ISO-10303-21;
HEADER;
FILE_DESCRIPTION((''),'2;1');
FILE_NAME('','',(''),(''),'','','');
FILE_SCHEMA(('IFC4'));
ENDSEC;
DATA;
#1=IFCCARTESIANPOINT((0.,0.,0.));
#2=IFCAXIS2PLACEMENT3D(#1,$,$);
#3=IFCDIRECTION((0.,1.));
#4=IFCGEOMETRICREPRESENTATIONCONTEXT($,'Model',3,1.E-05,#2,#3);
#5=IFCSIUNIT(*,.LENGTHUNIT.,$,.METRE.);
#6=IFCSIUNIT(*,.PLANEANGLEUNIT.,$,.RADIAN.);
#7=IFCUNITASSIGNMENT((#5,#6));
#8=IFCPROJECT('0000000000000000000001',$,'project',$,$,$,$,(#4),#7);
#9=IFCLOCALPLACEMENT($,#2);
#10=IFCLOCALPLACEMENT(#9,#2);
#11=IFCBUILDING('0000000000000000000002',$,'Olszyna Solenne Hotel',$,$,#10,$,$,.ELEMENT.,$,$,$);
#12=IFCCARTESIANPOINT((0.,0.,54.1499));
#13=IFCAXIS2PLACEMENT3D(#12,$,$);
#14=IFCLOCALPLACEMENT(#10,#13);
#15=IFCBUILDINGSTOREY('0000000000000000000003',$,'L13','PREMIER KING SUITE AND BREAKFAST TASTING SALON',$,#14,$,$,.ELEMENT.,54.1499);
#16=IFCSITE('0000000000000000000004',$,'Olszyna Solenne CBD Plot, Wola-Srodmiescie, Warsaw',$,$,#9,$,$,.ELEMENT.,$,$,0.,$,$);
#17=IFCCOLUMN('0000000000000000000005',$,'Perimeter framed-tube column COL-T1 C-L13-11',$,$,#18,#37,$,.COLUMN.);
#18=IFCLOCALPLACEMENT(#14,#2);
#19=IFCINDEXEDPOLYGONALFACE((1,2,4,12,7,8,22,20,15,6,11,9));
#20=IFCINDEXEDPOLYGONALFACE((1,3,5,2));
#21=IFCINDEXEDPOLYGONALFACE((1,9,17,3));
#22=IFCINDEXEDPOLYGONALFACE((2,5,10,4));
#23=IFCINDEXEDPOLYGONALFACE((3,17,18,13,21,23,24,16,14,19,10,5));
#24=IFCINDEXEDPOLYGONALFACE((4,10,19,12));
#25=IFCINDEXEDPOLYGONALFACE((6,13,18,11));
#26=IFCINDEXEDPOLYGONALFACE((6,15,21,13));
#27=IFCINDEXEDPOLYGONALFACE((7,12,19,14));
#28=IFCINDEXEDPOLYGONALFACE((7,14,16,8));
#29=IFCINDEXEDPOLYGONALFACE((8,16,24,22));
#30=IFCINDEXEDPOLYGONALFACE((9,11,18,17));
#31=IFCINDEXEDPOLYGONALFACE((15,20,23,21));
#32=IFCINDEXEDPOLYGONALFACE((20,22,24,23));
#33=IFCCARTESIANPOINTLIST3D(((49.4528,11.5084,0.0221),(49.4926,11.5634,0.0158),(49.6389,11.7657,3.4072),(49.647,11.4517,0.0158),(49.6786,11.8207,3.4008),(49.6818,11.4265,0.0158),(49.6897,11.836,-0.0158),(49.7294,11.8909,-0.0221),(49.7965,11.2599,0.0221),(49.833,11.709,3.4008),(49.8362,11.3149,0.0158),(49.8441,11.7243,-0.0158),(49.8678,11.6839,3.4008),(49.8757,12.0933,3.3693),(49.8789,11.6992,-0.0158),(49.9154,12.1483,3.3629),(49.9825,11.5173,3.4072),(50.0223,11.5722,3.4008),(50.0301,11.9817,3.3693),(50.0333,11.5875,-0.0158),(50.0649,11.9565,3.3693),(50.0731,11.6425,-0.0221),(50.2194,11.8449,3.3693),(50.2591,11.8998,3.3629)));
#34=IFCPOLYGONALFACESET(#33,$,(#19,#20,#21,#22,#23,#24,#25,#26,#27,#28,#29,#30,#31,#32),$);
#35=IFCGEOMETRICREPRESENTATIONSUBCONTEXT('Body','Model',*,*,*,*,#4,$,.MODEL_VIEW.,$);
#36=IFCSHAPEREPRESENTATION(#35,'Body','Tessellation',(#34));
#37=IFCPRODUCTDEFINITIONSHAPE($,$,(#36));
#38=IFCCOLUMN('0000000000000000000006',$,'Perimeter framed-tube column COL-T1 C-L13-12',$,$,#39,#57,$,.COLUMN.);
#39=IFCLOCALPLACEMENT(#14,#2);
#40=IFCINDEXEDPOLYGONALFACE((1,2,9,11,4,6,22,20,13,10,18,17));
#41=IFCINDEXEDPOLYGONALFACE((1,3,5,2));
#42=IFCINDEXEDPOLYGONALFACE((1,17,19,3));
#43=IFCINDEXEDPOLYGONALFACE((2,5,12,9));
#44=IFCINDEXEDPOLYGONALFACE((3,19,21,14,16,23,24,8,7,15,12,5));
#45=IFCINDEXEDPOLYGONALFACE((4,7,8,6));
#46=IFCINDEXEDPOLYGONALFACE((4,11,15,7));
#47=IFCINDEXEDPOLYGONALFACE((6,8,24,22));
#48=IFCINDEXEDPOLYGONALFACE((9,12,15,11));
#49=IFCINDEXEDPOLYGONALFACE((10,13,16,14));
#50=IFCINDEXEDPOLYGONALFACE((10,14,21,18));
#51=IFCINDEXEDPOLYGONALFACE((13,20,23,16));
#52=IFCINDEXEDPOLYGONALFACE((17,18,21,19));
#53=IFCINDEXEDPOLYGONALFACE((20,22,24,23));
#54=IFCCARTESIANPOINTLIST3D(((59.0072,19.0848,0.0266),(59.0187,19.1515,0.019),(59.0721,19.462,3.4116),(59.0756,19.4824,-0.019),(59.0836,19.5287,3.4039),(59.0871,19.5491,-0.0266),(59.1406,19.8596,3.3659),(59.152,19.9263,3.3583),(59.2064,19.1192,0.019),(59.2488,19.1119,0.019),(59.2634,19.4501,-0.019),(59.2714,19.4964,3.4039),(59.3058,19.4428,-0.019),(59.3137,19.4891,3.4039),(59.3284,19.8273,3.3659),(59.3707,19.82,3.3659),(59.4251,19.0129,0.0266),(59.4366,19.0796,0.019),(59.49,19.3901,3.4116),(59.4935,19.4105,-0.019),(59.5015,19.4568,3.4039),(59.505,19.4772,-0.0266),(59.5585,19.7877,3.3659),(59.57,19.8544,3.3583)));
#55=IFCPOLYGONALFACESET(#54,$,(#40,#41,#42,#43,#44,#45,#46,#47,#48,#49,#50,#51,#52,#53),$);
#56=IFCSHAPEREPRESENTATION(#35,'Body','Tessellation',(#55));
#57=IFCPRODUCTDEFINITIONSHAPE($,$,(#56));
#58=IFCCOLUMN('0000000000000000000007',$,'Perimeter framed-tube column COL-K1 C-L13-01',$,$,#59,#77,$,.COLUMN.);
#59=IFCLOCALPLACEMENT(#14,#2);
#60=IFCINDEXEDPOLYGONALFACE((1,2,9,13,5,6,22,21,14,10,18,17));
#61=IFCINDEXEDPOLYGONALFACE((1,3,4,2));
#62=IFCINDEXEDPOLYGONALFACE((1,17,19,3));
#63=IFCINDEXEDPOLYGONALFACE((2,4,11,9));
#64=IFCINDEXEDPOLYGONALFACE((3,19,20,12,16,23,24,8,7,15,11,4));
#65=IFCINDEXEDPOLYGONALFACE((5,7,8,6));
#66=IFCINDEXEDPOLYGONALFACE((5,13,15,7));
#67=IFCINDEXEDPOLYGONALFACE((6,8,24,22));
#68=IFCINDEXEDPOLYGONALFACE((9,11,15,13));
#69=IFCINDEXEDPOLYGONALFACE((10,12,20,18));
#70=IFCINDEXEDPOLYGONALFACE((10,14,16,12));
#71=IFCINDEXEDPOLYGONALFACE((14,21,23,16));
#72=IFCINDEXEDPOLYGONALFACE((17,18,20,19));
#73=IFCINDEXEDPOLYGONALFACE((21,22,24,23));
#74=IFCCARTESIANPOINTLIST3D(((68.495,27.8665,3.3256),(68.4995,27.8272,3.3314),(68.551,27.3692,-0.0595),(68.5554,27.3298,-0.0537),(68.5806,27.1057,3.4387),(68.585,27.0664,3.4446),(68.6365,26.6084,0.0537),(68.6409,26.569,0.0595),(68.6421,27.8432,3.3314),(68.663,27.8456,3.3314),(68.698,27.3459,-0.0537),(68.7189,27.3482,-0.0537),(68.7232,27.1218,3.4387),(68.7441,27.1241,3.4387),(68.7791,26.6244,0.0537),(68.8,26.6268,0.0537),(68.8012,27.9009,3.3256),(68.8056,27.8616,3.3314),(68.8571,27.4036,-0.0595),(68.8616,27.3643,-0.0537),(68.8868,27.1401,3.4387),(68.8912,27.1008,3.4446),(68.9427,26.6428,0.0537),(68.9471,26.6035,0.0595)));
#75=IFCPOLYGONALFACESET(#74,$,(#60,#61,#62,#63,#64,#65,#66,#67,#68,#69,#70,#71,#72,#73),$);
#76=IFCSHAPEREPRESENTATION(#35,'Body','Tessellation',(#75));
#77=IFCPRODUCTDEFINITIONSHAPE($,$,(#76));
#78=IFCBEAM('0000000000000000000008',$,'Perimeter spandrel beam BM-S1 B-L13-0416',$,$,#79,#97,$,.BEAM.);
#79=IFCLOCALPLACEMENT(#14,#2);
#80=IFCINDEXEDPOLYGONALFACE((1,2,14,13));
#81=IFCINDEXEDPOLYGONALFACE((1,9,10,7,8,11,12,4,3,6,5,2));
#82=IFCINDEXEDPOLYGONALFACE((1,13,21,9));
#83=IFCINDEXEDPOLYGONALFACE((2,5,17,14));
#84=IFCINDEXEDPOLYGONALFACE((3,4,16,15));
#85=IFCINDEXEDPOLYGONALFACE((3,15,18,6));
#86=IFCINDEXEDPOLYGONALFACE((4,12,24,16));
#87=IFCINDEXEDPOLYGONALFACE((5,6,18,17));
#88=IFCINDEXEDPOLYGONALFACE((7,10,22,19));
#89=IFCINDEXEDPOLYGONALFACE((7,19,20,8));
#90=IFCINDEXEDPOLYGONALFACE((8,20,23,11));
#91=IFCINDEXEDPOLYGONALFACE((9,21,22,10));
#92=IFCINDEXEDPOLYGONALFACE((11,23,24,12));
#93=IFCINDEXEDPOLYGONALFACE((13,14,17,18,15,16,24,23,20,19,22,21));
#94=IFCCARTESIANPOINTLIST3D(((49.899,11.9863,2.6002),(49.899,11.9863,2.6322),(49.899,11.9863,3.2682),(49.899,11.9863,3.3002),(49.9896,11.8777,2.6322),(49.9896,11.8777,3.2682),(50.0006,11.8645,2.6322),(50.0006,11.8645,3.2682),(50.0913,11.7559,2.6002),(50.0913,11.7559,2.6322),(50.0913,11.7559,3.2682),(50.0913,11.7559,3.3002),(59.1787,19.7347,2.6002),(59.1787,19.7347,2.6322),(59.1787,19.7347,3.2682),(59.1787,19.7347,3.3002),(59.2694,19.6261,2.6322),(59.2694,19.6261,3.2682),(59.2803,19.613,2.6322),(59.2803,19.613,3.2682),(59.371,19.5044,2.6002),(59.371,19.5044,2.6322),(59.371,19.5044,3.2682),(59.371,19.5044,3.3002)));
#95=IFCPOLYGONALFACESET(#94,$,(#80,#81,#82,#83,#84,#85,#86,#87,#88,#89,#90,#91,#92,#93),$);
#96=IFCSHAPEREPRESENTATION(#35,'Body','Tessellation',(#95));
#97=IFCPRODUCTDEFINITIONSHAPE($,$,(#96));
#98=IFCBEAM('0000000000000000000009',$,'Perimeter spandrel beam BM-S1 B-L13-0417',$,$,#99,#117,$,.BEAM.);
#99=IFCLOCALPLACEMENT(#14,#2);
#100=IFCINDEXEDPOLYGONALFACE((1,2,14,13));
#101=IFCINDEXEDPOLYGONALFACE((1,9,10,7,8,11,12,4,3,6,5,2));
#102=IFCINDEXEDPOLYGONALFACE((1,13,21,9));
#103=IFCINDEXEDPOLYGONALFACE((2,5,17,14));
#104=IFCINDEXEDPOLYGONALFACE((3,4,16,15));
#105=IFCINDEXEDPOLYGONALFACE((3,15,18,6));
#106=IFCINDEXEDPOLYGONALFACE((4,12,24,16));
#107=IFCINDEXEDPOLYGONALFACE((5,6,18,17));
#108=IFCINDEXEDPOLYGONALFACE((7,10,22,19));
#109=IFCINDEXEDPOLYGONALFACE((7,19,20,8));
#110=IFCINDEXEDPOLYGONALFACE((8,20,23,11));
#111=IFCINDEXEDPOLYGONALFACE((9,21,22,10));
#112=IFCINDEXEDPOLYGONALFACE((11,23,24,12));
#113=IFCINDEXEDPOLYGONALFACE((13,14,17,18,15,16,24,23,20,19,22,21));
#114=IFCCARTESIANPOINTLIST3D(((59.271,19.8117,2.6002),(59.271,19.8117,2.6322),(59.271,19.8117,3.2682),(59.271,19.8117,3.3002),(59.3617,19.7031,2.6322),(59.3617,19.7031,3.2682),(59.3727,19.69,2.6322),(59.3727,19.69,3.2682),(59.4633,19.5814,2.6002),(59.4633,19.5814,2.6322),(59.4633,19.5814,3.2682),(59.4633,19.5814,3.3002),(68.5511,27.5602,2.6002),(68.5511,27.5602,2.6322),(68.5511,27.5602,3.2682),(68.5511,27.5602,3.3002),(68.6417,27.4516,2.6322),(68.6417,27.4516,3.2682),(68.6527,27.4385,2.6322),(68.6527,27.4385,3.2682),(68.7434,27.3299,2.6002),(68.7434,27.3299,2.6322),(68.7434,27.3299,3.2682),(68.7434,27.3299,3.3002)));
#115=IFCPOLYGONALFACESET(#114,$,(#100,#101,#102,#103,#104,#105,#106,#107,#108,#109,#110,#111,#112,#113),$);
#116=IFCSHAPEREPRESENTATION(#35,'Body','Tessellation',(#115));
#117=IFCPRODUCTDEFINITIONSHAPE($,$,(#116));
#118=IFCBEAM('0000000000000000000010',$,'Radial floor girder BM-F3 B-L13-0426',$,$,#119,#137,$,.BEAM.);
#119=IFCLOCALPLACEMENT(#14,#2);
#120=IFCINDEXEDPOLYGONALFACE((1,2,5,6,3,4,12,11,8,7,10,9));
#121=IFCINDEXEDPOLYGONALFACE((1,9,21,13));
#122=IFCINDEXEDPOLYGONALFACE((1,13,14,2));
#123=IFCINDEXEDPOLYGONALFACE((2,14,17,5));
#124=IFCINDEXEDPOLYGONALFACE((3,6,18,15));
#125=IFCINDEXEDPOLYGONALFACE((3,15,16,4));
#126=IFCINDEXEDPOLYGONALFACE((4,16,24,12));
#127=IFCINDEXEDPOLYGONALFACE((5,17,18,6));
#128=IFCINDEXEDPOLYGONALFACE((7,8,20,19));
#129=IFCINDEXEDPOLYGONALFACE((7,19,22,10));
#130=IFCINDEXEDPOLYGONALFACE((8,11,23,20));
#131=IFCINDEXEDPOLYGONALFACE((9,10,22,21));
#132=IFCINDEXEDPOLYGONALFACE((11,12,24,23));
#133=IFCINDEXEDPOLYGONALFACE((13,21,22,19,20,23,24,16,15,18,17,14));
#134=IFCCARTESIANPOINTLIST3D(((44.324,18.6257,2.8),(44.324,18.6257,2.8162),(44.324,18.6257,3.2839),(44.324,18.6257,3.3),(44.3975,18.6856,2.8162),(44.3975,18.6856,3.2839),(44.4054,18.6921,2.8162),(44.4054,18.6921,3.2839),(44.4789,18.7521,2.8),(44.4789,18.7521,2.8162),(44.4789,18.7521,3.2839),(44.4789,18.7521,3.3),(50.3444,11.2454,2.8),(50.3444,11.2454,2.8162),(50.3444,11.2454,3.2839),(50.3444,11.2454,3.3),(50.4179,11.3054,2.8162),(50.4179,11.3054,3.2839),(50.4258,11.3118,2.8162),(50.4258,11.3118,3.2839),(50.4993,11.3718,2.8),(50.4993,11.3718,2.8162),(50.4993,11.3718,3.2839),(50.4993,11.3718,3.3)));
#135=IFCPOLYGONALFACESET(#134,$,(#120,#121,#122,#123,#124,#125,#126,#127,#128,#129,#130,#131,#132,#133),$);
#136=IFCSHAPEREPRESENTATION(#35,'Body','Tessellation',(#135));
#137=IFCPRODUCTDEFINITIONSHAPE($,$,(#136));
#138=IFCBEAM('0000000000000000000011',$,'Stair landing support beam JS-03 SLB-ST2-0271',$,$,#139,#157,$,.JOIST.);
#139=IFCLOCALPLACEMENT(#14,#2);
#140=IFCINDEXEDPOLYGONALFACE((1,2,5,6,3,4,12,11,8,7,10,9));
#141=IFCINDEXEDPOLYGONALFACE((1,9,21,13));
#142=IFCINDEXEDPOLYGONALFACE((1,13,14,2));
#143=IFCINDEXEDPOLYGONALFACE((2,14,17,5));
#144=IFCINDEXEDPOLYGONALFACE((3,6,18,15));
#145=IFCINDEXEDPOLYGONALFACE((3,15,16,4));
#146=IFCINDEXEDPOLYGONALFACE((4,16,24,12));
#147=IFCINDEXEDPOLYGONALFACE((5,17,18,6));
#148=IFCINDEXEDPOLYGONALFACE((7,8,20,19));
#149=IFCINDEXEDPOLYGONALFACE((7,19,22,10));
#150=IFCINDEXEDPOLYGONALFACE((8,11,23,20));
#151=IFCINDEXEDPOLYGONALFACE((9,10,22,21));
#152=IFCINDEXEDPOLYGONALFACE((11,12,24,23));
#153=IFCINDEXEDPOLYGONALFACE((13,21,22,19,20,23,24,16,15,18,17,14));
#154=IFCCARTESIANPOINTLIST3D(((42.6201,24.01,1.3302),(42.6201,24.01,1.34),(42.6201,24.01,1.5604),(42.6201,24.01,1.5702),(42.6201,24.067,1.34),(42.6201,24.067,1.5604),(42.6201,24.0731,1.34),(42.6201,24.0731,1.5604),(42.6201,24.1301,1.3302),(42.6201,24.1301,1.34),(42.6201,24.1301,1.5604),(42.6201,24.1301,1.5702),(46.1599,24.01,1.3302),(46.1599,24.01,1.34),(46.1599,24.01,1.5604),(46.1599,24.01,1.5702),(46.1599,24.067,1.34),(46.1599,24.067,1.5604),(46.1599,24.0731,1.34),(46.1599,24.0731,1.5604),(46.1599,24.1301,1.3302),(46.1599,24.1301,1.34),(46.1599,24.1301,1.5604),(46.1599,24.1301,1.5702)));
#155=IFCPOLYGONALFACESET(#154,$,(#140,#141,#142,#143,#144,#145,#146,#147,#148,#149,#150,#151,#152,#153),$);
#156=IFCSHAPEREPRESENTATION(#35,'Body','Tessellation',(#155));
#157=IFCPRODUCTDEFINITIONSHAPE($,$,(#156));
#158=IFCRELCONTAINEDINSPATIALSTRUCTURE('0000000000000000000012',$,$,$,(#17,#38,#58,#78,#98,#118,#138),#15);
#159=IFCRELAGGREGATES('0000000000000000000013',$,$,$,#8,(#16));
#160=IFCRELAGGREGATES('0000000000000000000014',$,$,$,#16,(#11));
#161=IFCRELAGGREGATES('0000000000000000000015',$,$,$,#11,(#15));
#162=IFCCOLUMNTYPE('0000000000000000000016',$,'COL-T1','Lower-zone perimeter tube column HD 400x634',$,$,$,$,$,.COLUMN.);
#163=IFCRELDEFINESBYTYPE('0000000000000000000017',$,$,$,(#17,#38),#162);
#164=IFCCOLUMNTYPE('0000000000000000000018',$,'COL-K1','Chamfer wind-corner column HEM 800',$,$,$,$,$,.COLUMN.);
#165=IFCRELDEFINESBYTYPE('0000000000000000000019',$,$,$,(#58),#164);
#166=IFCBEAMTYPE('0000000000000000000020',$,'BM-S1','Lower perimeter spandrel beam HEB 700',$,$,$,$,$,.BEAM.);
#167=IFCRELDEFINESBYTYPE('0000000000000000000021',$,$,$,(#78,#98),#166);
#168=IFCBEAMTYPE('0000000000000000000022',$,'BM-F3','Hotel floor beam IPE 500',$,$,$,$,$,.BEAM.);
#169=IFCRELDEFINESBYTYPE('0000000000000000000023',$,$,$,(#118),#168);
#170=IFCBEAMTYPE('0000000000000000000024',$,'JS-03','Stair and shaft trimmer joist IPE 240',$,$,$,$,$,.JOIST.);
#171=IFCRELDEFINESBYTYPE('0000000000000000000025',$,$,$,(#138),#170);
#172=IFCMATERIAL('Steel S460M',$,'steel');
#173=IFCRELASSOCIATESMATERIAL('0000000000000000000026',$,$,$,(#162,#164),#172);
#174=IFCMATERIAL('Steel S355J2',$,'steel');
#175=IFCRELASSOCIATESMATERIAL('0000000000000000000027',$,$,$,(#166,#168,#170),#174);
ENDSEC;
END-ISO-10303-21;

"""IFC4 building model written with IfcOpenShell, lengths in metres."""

from ifc_helpers import new_model, si_unit, direction, frame, origin, origin_2d, place, context, subcontext, project, spatial, i_section, extrude, source, transform, mapped, material, material_profile, profile_set, type_object, element, save


model = new_model("IFC4")

# Units and contexts
model_context = context("Model", 3, precision=1e-05, world=origin(), true_north=direction((0.0, 1.0)))
body_context = subcontext(model_context, "Body", "Model", "MODEL_VIEW")
ifc_project = project(units=[si_unit("LENGTHUNIT", "METRE"), si_unit("PLANEANGLEUNIT", "RADIAN")], contexts=[model_context])

# Site, building, storey
site_placement = place(None, origin())
site = spatial("IfcSite", under=ifc_project, at=site_placement, Name="Olszyna Solenne CBD Plot, Wola-Srodmiescie, Warsaw", CompositionType="ELEMENT", RefElevation=0.0)
building_placement = place(site_placement, origin())
building = spatial("IfcBuilding", under=site, at=building_placement, Name="Olszyna Solenne Hotel", CompositionType="ELEMENT")
storey_placement = place(building_placement, frame((0.0, 0.0, 54.1499)))
storey = spatial("IfcBuildingStorey", under=building, at=storey_placement, Name="L13", Description="PREMIER KING SUITE AND BREAKFAST TASTING SALON", CompositionType="ELEMENT", Elevation=54.1499)

# Columns
ifc_material_1 = material(Name="Steel S460M", Category="steel")
ifc_material_profile_1 = material_profile(ifc_material_1, i_section(OverallWidth=0.4241, OverallDepth=0.4741, WebThickness=0.043, FlangeThickness=0.0681, at=origin_2d()), Name="HD 400x634", Category="load-bearing")
ifc_profile_set_1 = profile_set([ifc_material_profile_1], Name="Steel S460M")
column_type_1 = type_object("IfcColumnType", Name="COL-T1", Description="Lower-zone perimeter tube column HD 400x634", PredefinedType="COLUMN", material=ifc_profile_set_1)
shared_shape_1 = source(origin(), body_context, "Body", "SweptSolid", [
    extrude(i_section(OverallWidth=0.4241, OverallDepth=0.4741, WebThickness=0.043, FlangeThickness=0.0681, at=origin_2d()), origin(), (0.0, 0.0, 1.0), 3.3999),
])
column_1_placement = place(storey_placement, frame((49.7629, 11.5754, 0.0), z_axis=(0.054718, 0.075686, 0.995629), x_axis=(-0.810395, 0.585884, 0.0)))
element("IfcColumn", 1, at=column_1_placement, inside=storey, type_object=column_type_1, Name="Perimeter framed-tube column COL-T1 C-L13-11", PredefinedType="COLUMN", context=body_context, shape_type="MappedRepresentation", body=[
    mapped(shared_shape_1, transform((0.0, 0.0, 0.0), x_axis=(1.0, 0.0, 0.0), y_axis=(0.0, 1.0, 0.0), z_axis=(0.0, 0.0, 1.0), scale=1.0)),
])
shared_shape_2 = source(origin(), body_context, "Body", "SweptSolid", [
    extrude(i_section(OverallWidth=0.4241, OverallDepth=0.4741, WebThickness=0.043, FlangeThickness=0.0681, at=origin_2d()), origin(), (0.0, 0.0, 1.0), 3.4065),
])
column_2_placement = place(storey_placement, frame((59.2561, 19.281, 0.0), z_axis=(0.019064, 0.110726, 0.993668), x_axis=(-0.985501, 0.169672, 0.0)))
element("IfcColumn", 2, at=column_2_placement, inside=storey, type_object=column_type_1, Name="Perimeter framed-tube column COL-T1 C-L13-12", PredefinedType="COLUMN", context=body_context, shape_type="MappedRepresentation", body=[
    mapped(shared_shape_2, transform((0.0, 0.0, 0.0), x_axis=(1.0, 0.0, 0.0), y_axis=(0.0, 1.0, 0.0), z_axis=(0.0, 0.0, 1.0), scale=1.0)),
])
ifc_material_profile_2 = material_profile(ifc_material_1, i_section(OverallWidth=0.3081, OverallDepth=0.814, WebThickness=0.021, FlangeThickness=0.04, at=origin_2d()), Name="HEM 800", Category="load-bearing")
ifc_profile_set_2 = profile_set([ifc_material_profile_2], Name="Steel S460M")
column_type_2 = type_object("IfcColumnType", Name="COL-K1", Description="Chamfer wind-corner column HEM 800", PredefinedType="COLUMN", material=ifc_profile_set_2)
shared_shape_3 = source(origin(), body_context, "Body", "SweptSolid", [
    extrude(i_section(OverallWidth=0.3081, OverallDepth=0.814, WebThickness=0.021, FlangeThickness=0.04, at=origin_2d()), origin(), (0.0, 0.0, 1.0), 3.4219),
])
column_3_placement = place(storey_placement, frame((68.749, 26.9863, 0.0), z_axis=(-0.016339, 0.145337, 0.989247), x_axis=(-0.99374, -0.111716, 0.0)))
element("IfcColumn", 3, at=column_3_placement, inside=storey, type_object=column_type_2, Name="Perimeter framed-tube column COL-K1 C-L13-01", PredefinedType="COLUMN", context=body_context, shape_type="MappedRepresentation", body=[
    mapped(shared_shape_3, transform((0.0, 0.0, 0.0), x_axis=(1.0, 0.0, 0.0), y_axis=(0.0, 1.0, 0.0), z_axis=(0.0, 0.0, 1.0), scale=1.0)),
])

# Beams
ifc_material_2 = material(Name="Steel S355J2", Category="steel")
ifc_material_profile_3 = material_profile(ifc_material_2, i_section(OverallWidth=0.3, OverallDepth=0.7, WebThickness=0.0171, FlangeThickness=0.032, at=origin_2d()), Name="HEB 700", Category="load-bearing")
ifc_profile_set_3 = profile_set([ifc_material_profile_3], Name="Steel S355J2")
beam_type_1 = type_object("IfcBeamType", Name="BM-S1", Description="Lower perimeter spandrel beam HEB 700", PredefinedType="BEAM", material=ifc_profile_set_3)
shared_shape_4 = source(origin(), body_context, "Body", "SweptSolid", [
    extrude(i_section(OverallWidth=0.3, OverallDepth=0.7, WebThickness=0.0171, FlangeThickness=0.032, at=origin_2d()), origin(), (0.0, 0.0, 1.0), 12.0894),
])
beam_1_placement = place(storey_placement, frame((49.9951, 11.8711, 2.9502), z_axis=(0.767595, 0.640935, 0.0), x_axis=(-0.640935, 0.767595, 0.0)))
element("IfcBeam", 4, at=beam_1_placement, inside=storey, type_object=beam_type_1, Name="Perimeter spandrel beam BM-S1 B-L13-0416", PredefinedType="BEAM", context=body_context, shape_type="MappedRepresentation", body=[
    mapped(shared_shape_4, transform((0.0, 0.0, 0.0), x_axis=(1.0, 0.0, 0.0), y_axis=(0.0, 1.0, 0.0), z_axis=(0.0, 0.0, 1.0), scale=1.0)),
])
shared_shape_5 = source(origin(), body_context, "Body", "SweptSolid", [
    extrude(i_section(OverallWidth=0.3, OverallDepth=0.7, WebThickness=0.0171, FlangeThickness=0.032, at=origin_2d()), origin(), (0.0, 0.0, 1.0), 12.0896),
])
beam_2_placement = place(storey_placement, frame((59.3672, 19.6965, 2.9502), z_axis=(0.767604, 0.640925, 0.0), x_axis=(-0.640925, 0.767604, 0.0)))
element("IfcBeam", 5, at=beam_2_placement, inside=storey, type_object=beam_type_1, Name="Perimeter spandrel beam BM-S1 B-L13-0417", PredefinedType="BEAM", context=body_context, shape_type="MappedRepresentation", body=[
    mapped(shared_shape_5, transform((0.0, 0.0, 0.0), x_axis=(1.0, 0.0, 0.0), y_axis=(0.0, 1.0, 0.0), z_axis=(0.0, 0.0, 1.0), scale=1.0)),
])
ifc_material_profile_4 = material_profile(ifc_material_2, i_section(OverallWidth=0.2, OverallDepth=0.5, WebThickness=0.0103, FlangeThickness=0.0161, at=origin_2d()), Name="IPE 500", Category="load-bearing")
ifc_profile_set_4 = profile_set([ifc_material_profile_4], Name="Steel S355J2")
beam_type_2 = type_object("IfcBeamType", Name="BM-F3", Description="Hotel floor beam IPE 500", PredefinedType="BEAM", material=ifc_profile_set_4)
shared_shape_6 = source(origin(), body_context, "Body", "SweptSolid", [
    extrude(i_section(OverallWidth=0.2, OverallDepth=0.5, WebThickness=0.0103, FlangeThickness=0.0161, at=origin_2d()), origin(), (0.0, 0.0, 1.0), 9.5244),
])
beam_3_placement = place(storey_placement, frame((50.4219, 11.3086, 3.05), z_axis=(-0.632106, 0.774882, 0.0), x_axis=(-0.774882, -0.632106, 0.0)))
element("IfcBeam", 6, at=beam_3_placement, inside=storey, type_object=beam_type_2, Name="Radial floor girder BM-F3 B-L13-0426", PredefinedType="BEAM", context=body_context, shape_type="MappedRepresentation", body=[
    mapped(shared_shape_6, transform((0.0, 0.0, 0.0), x_axis=(1.0, 0.0, 0.0), y_axis=(0.0, 1.0, 0.0), z_axis=(0.0, 0.0, 1.0), scale=1.0)),
])
ifc_material_profile_5 = material_profile(ifc_material_2, i_section(OverallWidth=0.1201, OverallDepth=0.24, WebThickness=0.0061, FlangeThickness=0.0098, at=origin_2d()), Name="IPE 240", Category="load-bearing")
ifc_profile_set_5 = profile_set([ifc_material_profile_5], Name="Steel S355J2")
beam_type_3 = type_object("IfcBeamType", Name="JS-03", Description="Stair and shaft trimmer joist IPE 240", PredefinedType="JOIST", material=ifc_profile_set_5)
shared_shape_7 = source(origin(), body_context, "Body", "SweptSolid", [
    extrude(i_section(OverallWidth=0.1201, OverallDepth=0.24, WebThickness=0.0061, FlangeThickness=0.0098, at=origin_2d()), origin(), (0.0, 0.0, 1.0), 3.5398),
])
for number, where, z_axis, x_axis, name in (
    (7, (46.1599, 24.0701, 1.4502), (-1.0, 0.0, 0.0), (0.0, -1.0, 0.0), "Stair landing support beam JS-03 SLB-ST2-0271"),
):
    element("IfcBeam", number, at=place(storey_placement, frame(where, z_axis=z_axis, x_axis=x_axis)), inside=storey, type_object=beam_type_3, Name=name, PredefinedType="JOIST", context=body_context, shape_type="MappedRepresentation", body=[
        mapped(shared_shape_7, transform((0.0, 0.0, 0.0), x_axis=(1.0, 0.0, 0.0), y_axis=(0.0, 1.0, 0.0), z_axis=(0.0, 0.0, 1.0), scale=1.0)),
    ])

save(model, "model.ifc")
